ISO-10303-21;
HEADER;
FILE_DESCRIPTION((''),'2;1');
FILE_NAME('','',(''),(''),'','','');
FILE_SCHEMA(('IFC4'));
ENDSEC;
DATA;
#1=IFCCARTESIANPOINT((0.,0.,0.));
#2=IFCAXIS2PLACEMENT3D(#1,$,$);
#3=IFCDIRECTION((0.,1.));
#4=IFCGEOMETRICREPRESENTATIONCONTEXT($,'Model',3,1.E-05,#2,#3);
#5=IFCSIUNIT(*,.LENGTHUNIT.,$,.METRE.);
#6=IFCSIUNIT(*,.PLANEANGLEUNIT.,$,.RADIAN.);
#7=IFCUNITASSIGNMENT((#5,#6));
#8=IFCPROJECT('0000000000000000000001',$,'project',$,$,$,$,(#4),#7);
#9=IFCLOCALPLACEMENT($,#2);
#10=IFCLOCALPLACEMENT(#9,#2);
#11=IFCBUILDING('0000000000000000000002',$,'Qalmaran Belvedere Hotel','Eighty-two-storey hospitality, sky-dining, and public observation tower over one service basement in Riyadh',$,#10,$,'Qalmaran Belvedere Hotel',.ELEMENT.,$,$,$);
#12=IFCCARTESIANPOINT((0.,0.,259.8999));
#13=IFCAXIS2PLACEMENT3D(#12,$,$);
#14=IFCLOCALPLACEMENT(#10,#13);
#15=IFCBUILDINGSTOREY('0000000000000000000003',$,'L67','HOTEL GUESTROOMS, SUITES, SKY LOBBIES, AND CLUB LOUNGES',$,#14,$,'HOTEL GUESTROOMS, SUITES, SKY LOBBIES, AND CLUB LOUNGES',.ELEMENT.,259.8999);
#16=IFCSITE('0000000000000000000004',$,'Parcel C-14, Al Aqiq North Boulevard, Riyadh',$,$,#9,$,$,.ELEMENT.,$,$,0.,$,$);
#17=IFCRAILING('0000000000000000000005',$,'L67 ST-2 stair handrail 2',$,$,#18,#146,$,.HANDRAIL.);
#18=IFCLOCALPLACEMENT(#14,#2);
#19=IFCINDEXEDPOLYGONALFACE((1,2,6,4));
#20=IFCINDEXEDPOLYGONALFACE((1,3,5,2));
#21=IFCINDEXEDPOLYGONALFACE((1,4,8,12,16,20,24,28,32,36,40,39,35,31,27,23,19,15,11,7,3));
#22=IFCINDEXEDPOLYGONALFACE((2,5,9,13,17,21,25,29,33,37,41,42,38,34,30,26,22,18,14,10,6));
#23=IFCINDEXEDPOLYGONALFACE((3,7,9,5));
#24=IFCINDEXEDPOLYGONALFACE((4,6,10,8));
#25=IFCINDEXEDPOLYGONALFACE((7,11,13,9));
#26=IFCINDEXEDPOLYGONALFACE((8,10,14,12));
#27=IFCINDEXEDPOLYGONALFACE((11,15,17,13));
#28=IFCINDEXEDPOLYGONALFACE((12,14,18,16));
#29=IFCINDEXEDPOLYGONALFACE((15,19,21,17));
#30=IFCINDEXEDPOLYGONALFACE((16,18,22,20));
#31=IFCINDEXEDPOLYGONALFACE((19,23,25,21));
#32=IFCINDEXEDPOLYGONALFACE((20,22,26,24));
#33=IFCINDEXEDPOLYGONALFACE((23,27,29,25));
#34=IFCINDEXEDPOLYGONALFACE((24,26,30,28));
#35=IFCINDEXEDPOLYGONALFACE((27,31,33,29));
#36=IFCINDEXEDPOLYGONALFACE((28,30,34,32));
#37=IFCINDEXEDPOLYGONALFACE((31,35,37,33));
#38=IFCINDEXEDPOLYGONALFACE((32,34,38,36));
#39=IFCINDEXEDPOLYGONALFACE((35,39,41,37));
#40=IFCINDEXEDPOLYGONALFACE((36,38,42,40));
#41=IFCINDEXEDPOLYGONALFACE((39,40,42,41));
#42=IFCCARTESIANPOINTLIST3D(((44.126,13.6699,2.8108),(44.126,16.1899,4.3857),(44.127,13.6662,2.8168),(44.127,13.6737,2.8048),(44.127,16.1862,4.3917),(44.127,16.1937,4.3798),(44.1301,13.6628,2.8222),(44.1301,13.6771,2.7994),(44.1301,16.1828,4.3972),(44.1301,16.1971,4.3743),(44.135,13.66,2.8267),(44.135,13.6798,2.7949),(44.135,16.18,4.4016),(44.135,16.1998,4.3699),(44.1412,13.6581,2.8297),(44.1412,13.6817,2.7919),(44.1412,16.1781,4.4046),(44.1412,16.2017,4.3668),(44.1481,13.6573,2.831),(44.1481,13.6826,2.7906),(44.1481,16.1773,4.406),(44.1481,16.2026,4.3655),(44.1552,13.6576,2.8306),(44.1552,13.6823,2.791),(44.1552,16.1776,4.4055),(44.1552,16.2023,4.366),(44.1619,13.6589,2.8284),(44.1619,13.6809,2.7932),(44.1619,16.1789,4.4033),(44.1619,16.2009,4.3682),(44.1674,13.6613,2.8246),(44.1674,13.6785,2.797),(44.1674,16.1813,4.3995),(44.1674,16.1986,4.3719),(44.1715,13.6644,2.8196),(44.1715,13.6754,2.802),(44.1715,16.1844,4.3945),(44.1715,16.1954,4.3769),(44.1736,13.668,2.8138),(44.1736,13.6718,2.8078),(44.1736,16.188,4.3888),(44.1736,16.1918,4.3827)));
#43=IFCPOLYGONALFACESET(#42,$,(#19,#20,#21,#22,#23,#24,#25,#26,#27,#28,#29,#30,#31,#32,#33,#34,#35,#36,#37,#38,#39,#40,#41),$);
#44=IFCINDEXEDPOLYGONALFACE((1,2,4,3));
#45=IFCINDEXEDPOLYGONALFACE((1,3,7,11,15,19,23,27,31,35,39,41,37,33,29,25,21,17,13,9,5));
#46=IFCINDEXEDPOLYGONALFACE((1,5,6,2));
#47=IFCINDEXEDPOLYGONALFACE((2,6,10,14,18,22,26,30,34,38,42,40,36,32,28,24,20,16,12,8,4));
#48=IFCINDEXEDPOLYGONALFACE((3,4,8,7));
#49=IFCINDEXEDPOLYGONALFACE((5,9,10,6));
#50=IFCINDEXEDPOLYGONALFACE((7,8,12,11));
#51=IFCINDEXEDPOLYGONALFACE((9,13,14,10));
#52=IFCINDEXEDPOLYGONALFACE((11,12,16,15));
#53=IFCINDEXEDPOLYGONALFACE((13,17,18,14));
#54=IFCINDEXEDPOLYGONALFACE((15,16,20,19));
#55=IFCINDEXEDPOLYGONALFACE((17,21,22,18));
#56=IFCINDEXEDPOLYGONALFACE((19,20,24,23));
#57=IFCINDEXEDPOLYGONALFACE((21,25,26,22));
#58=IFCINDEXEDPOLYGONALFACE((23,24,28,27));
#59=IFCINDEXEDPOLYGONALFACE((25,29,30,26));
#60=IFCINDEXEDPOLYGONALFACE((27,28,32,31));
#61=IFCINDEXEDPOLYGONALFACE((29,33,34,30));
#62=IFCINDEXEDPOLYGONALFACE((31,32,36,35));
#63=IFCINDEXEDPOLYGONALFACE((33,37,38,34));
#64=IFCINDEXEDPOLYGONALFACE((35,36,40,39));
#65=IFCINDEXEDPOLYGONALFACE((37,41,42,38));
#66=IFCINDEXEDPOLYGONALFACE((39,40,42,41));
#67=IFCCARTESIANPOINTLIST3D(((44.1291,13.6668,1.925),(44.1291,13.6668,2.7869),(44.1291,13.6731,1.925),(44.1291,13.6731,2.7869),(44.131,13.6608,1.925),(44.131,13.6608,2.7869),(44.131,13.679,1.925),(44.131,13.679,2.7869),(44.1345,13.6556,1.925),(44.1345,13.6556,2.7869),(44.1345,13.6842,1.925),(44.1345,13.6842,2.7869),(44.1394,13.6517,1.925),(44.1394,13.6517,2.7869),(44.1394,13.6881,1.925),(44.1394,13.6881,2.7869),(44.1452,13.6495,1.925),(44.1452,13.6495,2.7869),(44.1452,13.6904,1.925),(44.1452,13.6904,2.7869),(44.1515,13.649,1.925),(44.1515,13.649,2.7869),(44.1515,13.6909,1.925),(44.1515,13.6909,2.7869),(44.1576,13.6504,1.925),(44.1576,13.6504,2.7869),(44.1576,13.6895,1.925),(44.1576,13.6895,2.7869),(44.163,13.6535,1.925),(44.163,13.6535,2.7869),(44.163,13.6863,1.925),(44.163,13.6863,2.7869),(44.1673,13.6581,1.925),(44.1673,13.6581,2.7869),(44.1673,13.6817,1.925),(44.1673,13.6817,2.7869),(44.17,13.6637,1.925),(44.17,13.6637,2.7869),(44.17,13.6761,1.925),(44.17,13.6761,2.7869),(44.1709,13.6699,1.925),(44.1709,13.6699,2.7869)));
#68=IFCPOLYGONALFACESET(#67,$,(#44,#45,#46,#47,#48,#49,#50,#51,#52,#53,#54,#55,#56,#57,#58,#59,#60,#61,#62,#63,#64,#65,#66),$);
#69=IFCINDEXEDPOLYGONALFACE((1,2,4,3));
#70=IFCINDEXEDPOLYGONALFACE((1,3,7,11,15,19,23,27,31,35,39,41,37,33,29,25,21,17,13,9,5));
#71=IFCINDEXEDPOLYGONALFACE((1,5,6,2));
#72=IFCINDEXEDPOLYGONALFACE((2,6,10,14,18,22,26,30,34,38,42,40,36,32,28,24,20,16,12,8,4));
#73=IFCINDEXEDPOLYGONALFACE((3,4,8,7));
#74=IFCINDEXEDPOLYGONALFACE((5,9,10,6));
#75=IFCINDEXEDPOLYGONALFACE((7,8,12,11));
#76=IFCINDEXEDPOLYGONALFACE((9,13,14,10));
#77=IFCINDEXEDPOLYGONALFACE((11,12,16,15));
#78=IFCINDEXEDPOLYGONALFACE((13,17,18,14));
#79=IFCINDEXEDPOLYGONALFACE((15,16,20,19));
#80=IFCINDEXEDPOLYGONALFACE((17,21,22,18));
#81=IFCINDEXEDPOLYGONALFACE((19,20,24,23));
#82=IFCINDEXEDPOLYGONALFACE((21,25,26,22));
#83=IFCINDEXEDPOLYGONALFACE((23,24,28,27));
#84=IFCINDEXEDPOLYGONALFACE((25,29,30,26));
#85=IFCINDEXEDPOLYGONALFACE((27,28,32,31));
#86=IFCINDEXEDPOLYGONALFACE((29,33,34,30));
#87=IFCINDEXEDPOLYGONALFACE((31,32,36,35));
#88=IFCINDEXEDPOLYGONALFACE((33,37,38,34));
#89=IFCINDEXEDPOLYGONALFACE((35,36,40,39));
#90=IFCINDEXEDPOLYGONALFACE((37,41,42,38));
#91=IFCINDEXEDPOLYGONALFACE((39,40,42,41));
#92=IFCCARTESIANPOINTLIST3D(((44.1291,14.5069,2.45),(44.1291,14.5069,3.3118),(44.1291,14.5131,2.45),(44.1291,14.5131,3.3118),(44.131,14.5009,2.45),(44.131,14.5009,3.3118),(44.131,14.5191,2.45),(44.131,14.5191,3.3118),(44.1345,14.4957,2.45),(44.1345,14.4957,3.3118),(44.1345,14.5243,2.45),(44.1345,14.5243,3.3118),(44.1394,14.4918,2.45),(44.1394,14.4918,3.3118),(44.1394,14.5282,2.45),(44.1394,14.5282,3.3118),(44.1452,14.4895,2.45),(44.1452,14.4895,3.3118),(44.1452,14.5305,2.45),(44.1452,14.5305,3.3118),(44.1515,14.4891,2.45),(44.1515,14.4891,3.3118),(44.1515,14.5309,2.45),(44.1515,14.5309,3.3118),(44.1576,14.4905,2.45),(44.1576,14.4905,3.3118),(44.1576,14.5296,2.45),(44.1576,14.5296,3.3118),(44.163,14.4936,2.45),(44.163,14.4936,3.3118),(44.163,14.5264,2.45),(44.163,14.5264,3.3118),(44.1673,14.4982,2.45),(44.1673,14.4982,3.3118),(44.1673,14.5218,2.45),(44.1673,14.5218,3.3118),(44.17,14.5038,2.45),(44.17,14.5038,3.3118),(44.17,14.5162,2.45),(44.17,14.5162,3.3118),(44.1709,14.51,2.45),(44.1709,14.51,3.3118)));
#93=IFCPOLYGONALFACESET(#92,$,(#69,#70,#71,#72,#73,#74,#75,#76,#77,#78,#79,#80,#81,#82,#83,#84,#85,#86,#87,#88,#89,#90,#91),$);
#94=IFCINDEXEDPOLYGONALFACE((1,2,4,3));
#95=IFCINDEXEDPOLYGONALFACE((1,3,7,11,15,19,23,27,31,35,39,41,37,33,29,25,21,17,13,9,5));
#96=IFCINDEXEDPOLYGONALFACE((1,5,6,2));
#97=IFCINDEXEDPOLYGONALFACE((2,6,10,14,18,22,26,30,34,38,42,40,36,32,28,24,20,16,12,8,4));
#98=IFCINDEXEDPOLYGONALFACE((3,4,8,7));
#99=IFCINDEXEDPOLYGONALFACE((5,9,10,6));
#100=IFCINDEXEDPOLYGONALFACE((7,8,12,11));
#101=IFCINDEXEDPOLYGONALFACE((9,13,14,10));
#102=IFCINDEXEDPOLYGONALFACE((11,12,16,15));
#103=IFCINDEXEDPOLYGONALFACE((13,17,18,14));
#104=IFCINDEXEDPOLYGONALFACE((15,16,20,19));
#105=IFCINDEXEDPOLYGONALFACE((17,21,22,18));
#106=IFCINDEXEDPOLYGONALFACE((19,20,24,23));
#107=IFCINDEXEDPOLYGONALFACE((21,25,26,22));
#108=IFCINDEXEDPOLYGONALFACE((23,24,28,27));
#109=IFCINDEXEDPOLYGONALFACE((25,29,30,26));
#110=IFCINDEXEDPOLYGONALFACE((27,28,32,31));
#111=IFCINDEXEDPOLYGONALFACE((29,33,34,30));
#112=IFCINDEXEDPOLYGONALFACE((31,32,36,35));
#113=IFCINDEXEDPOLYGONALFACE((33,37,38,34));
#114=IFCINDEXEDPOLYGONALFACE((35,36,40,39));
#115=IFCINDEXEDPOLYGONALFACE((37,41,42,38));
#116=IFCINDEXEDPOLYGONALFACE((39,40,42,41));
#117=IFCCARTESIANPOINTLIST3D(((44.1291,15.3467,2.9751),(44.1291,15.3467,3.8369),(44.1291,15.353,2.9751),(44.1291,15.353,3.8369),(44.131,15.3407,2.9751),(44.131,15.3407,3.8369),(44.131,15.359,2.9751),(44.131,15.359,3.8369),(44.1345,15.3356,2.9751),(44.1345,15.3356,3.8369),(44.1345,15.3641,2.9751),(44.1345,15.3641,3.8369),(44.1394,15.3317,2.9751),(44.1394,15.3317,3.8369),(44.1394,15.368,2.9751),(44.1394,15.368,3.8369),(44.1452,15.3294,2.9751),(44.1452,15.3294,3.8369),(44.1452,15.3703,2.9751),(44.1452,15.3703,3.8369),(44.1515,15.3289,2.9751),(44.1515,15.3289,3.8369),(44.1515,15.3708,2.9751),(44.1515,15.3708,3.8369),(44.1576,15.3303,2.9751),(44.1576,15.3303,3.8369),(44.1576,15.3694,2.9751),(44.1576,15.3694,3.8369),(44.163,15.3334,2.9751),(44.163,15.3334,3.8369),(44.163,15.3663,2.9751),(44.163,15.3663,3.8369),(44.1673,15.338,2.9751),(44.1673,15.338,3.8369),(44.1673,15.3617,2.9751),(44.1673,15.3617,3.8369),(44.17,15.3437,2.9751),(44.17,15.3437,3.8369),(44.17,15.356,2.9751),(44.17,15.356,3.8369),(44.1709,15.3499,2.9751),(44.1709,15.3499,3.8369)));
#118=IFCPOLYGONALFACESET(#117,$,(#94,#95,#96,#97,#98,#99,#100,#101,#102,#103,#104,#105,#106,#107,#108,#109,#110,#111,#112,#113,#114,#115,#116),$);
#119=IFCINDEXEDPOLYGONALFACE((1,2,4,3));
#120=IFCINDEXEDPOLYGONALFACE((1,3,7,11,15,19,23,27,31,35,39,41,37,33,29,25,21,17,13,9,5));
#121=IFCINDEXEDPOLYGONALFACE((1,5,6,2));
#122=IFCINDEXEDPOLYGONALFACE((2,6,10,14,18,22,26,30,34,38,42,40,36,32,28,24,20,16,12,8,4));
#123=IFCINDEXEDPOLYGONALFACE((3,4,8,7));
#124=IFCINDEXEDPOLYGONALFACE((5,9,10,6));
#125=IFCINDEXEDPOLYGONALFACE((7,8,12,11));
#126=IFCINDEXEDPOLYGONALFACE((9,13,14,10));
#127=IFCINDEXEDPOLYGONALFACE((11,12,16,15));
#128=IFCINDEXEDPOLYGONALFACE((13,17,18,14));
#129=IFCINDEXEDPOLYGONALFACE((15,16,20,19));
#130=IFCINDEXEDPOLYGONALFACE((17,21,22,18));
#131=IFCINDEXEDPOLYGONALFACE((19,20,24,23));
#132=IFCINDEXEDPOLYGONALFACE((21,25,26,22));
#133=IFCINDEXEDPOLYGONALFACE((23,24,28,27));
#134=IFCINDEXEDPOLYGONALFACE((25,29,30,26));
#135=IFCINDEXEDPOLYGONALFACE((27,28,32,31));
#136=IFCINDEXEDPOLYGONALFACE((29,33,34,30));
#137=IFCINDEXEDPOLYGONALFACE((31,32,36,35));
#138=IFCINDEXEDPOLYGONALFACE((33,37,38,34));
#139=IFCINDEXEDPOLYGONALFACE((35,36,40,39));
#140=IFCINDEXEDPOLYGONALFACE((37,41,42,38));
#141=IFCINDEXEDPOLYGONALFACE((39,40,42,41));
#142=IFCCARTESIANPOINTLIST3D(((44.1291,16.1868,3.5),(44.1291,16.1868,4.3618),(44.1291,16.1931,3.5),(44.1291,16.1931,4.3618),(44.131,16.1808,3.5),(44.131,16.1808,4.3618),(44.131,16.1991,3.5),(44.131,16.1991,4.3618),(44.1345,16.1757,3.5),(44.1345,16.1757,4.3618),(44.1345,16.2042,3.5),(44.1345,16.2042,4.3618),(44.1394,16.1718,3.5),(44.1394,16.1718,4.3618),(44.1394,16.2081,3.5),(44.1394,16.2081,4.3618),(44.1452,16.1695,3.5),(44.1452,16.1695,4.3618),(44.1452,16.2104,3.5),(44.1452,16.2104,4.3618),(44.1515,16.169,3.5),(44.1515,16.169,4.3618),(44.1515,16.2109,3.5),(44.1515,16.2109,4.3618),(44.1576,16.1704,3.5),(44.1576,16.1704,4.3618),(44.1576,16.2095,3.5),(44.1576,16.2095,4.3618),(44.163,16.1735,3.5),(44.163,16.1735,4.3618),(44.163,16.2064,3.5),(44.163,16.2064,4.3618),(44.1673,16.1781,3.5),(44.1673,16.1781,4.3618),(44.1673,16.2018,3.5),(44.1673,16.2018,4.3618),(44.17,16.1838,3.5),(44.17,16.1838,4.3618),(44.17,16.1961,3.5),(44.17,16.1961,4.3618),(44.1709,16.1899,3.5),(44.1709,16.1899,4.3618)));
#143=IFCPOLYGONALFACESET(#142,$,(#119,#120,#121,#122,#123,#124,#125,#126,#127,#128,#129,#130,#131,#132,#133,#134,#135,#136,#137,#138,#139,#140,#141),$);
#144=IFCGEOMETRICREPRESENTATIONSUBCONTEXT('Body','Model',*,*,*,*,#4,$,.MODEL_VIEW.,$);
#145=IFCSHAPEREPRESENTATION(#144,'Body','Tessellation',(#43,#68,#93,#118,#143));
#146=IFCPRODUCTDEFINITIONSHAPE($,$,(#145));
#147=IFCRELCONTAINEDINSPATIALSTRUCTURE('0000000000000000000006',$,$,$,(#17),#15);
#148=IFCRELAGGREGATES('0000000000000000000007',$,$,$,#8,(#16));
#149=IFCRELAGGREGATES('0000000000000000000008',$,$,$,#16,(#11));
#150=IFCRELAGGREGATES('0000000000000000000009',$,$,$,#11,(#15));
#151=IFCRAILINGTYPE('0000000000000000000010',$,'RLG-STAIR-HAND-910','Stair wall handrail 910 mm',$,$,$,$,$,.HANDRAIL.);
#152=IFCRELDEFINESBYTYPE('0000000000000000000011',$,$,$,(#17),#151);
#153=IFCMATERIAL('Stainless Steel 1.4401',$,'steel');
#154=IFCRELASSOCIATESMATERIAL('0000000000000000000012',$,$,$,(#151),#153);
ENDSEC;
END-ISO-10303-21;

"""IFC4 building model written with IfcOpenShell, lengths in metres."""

from ifc_helpers import new_model, si_unit, direction, frame, origin, origin_2d, place, context, subcontext, project, spatial, circle, extrude, material, type_object, element, save


model = new_model("IFC4")

# Units and contexts
model_context = context("Model", 3, precision=1e-05, world=origin(), true_north=direction((0.0, 1.0)))
body_context = subcontext(model_context, "Body", "Model", "MODEL_VIEW")
ifc_project = project(units=[si_unit("LENGTHUNIT", "METRE"), si_unit("PLANEANGLEUNIT", "RADIAN")], contexts=[model_context])

# Site, building, storey
site_placement = place(None, origin())
site = spatial("IfcSite", under=ifc_project, at=site_placement, Name="Parcel C-14, Al Aqiq North Boulevard, Riyadh", CompositionType="ELEMENT", RefElevation=0.0)
building_placement = place(site_placement, origin())
building = spatial("IfcBuilding", under=site, at=building_placement, Name="Qalmaran Belvedere Hotel", Description="Eighty-two-storey hospitality, sky-dining, and public observation tower over one service basement in Riyadh", LongName="Qalmaran Belvedere Hotel", CompositionType="ELEMENT")
storey_placement = place(building_placement, frame((0.0, 0.0, 259.8999)))
storey = spatial("IfcBuildingStorey", under=building, at=storey_placement, Name="L67", Description="HOTEL GUESTROOMS, SUITES, SKY LOBBIES, AND CLUB LOUNGES", LongName="HOTEL GUESTROOMS, SUITES, SKY LOBBIES, AND CLUB LOUNGES", CompositionType="ELEMENT", Elevation=259.8999)

# Railing
ifc_material_1 = material(Name="Stainless Steel 1.4401", Category="steel")
railing_type_1 = type_object("IfcRailingType", Name="RLG-STAIR-HAND-910", Description="Stair wall handrail 910 mm", PredefinedType="HANDRAIL", material=ifc_material_1)
railing_1_placement = place(storey_placement, frame((44.1499, 13.6699, 1.925)))
element("IfcRailing", 1, at=railing_1_placement, inside=storey, type_object=railing_type_1, Name="L67 ST-2 stair handrail 2", PredefinedType="HANDRAIL", context=body_context, shape_type="SweptSolid", body=[
    extrude(circle(Radius=0.0239, at=origin_2d()), frame((0.0, 0.0, 0.8857), z_axis=(0.0, 0.848008, 0.529984), x_axis=(-1.0, 0.0, 0.0)), (0.0, 0.0, 1.0), 2.9717),
    extrude(circle(Radius=0.021, at=origin_2d()), origin(), (0.0, 0.0, 1.0), 0.8618),
    extrude(circle(Radius=0.021, at=origin_2d()), frame((0.0, 0.8401, 0.5249)), (0.0, 0.0, 1.0), 0.8618),
    extrude(circle(Radius=0.021, at=origin_2d()), frame((0.0, 1.6799, 1.05)), (0.0, 0.0, 1.0), 0.8618),
    extrude(circle(Radius=0.021, at=origin_2d()), frame((0.0, 2.52, 1.575)), (0.0, 0.0, 1.0), 0.8618),
])

save(model, "model.ifc")
